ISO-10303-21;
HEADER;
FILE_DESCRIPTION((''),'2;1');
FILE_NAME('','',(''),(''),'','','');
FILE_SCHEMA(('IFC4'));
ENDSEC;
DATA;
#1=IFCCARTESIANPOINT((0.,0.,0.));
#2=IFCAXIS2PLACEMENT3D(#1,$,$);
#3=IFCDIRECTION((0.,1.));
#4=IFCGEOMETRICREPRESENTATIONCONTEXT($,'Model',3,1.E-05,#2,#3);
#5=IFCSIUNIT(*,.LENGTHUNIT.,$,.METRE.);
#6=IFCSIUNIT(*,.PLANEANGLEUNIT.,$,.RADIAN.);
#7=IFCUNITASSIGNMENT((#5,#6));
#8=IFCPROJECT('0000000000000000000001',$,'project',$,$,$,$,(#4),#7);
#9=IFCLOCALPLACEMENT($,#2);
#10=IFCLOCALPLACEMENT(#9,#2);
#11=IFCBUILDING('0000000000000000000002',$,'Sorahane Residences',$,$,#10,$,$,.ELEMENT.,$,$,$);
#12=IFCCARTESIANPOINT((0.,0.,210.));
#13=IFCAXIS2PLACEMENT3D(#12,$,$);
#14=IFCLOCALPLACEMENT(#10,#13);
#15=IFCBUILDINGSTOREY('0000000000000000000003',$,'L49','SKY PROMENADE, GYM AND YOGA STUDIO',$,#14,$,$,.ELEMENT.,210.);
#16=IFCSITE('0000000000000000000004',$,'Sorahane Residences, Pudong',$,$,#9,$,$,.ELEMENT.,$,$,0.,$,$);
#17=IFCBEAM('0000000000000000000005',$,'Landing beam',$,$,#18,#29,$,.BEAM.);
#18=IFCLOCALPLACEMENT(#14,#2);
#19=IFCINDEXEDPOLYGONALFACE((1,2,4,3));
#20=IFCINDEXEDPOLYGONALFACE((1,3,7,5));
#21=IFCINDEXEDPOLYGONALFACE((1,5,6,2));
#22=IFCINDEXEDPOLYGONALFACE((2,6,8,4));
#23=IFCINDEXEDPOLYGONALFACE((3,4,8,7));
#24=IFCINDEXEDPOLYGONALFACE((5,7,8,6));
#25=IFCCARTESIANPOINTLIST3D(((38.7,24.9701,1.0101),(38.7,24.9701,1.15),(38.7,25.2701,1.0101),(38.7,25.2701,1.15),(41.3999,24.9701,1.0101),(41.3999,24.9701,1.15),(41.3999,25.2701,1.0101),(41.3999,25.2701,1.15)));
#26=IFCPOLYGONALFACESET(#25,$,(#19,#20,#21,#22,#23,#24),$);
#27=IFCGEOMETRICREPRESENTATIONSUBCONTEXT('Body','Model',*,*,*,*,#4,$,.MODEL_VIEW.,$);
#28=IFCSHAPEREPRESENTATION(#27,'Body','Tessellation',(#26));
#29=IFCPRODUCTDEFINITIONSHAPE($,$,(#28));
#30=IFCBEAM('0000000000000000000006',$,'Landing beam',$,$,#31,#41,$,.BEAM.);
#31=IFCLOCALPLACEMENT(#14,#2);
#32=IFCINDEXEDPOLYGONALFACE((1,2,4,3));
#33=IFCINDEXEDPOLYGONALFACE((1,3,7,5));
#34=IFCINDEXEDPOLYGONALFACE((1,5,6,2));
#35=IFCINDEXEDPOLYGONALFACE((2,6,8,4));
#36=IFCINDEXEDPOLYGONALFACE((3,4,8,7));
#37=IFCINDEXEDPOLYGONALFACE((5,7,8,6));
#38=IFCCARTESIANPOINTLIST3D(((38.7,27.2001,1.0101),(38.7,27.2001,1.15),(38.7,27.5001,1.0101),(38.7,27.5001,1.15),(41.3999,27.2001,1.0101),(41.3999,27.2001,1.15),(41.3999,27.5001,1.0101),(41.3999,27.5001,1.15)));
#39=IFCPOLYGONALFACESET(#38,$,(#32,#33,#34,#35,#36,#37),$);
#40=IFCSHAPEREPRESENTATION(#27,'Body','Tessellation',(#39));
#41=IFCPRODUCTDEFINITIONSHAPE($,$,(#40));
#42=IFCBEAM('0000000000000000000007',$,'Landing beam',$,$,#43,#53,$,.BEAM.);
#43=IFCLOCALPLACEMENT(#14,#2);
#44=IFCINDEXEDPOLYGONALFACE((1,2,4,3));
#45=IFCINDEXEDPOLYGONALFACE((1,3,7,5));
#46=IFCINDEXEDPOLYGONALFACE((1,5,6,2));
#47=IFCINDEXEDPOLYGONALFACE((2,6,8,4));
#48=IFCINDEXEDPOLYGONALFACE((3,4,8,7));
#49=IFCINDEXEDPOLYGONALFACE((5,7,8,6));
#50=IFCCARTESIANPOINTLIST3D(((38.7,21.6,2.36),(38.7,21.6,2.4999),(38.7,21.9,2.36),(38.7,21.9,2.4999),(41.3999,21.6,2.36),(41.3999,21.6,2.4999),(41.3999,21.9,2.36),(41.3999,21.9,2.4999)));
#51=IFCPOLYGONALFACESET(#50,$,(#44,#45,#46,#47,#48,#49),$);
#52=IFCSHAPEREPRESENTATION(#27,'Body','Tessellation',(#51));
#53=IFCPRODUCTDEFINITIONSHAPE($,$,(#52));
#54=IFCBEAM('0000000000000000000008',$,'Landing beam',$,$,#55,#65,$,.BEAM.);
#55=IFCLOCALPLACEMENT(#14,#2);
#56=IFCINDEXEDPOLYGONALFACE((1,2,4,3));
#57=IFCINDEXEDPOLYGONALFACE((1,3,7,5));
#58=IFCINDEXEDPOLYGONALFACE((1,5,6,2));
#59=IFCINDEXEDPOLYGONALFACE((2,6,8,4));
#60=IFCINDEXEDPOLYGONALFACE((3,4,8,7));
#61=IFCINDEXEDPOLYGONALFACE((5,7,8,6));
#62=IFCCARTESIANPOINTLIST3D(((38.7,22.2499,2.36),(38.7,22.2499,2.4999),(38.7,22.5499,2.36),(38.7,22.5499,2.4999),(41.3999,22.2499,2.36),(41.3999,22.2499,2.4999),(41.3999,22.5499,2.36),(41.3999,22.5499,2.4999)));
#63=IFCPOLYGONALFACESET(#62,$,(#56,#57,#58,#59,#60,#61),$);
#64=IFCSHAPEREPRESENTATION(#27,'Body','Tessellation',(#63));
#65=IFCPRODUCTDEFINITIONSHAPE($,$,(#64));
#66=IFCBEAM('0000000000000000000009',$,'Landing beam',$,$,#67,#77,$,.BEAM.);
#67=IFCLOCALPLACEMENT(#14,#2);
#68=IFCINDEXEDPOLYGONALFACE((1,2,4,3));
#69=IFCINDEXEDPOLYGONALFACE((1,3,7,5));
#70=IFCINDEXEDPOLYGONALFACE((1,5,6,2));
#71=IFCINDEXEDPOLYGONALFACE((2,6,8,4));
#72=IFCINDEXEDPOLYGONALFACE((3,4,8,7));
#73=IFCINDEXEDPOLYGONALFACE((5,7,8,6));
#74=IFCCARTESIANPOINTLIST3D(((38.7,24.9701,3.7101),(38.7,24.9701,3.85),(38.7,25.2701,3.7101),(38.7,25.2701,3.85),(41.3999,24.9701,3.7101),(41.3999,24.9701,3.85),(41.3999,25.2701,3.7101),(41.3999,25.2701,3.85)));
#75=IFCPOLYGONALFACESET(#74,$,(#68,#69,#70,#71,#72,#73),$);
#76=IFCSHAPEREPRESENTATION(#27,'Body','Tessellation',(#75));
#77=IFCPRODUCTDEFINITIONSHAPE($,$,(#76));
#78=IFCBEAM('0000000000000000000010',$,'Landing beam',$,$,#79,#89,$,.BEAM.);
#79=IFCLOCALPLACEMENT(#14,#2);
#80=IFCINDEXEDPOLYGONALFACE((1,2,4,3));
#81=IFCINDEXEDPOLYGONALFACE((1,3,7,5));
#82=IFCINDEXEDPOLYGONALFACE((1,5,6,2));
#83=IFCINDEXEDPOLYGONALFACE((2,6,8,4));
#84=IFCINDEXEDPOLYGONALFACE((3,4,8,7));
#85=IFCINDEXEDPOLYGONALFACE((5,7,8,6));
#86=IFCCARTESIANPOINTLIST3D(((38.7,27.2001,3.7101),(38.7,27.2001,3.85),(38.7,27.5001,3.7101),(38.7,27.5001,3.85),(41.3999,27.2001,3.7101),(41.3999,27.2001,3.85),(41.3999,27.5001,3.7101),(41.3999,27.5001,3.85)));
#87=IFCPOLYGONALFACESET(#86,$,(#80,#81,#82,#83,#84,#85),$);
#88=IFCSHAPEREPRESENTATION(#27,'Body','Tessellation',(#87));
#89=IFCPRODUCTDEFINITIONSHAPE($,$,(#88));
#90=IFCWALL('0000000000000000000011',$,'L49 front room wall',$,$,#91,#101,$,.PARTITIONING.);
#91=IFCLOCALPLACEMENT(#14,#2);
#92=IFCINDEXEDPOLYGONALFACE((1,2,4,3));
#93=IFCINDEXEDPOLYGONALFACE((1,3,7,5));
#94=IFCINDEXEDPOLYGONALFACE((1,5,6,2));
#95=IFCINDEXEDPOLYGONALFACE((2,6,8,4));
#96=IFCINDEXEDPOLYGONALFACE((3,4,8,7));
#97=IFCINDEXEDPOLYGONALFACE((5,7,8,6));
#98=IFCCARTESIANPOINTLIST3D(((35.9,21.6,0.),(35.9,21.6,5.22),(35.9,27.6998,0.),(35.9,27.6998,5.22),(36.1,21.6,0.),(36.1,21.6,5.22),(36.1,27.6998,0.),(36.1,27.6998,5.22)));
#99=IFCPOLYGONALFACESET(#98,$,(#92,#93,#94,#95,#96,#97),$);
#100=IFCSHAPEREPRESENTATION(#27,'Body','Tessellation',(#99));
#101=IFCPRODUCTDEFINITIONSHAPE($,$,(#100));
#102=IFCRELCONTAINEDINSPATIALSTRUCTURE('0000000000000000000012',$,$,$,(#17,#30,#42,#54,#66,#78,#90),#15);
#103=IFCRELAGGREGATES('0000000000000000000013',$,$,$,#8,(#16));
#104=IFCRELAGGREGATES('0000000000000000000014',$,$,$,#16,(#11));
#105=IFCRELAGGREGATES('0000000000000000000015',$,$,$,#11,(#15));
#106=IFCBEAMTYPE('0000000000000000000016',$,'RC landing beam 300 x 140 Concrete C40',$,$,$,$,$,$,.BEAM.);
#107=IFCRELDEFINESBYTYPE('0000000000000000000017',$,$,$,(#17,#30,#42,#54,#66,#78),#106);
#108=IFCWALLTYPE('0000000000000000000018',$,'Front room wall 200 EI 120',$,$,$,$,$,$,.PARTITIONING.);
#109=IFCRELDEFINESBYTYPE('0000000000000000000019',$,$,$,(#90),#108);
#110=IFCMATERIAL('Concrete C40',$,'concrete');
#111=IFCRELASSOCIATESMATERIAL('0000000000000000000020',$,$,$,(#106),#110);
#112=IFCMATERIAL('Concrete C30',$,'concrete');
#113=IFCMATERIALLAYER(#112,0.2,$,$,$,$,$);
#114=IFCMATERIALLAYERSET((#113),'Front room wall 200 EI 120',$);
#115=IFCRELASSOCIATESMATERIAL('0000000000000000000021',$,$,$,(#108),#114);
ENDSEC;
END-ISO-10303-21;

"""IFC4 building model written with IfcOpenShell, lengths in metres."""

from ifc_helpers import new_model, si_unit, direction, frame, frame_2d, origin, origin_2d, place, context, subcontext, project, spatial, rectangle, extrude, material, layer, layer_set, material_profile, profile_set, type_object, element, save


model = new_model("IFC4")

# Units and contexts
model_context = context("Model", 3, precision=1e-05, world=origin(), true_north=direction((0.0, 1.0)))
body_context = subcontext(model_context, "Body", "Model", "MODEL_VIEW")
ifc_project = project(units=[si_unit("LENGTHUNIT", "METRE"), si_unit("PLANEANGLEUNIT", "RADIAN")], contexts=[model_context])

# Site, building, storey
site_placement = place(None, origin())
site = spatial("IfcSite", under=ifc_project, at=site_placement, Name="Sorahane Residences, Pudong", CompositionType="ELEMENT", RefElevation=0.0)
building_placement = place(site_placement, origin())
building = spatial("IfcBuilding", under=site, at=building_placement, Name="Sorahane Residences", CompositionType="ELEMENT")
storey_placement = place(building_placement, frame((0.0, 0.0, 210.0)))
storey = spatial("IfcBuildingStorey", under=building, at=storey_placement, Name="L49", Description="SKY PROMENADE, GYM AND YOGA STUDIO", CompositionType="ELEMENT", Elevation=210.0)

# Beams
ifc_material_1 = material(Name="Concrete C40", Category="concrete")
ifc_material_profile = material_profile(ifc_material_1, rectangle(XDim=0.3, YDim=0.1399, at=origin_2d()), Name="300x140")
ifc_profile_set = profile_set([ifc_material_profile], Name="Concrete C40")
beam_type = type_object("IfcBeamType", Name="RC landing beam 300 x 140 Concrete C40", PredefinedType="BEAM", material=ifc_profile_set)
for number, where, z_axis, x_axis, name in (
    (1, (38.7, 25.1201, 1.0801), (1.0, 0.0, 0.0), (0.0, 1.0, 0.0), "Landing beam"),
    (2, (38.7, 27.3501, 1.0801), (1.0, 0.0, 0.0), (0.0, 1.0, 0.0), "Landing beam"),
    (3, (38.7, 21.75, 2.4299), (1.0, 0.0, 0.0), (0.0, 1.0, 0.0), "Landing beam"),
    (4, (38.7, 22.3999, 2.4299), (1.0, 0.0, 0.0), (0.0, 1.0, 0.0), "Landing beam"),
    (5, (38.7, 25.1201, 3.78), (1.0, 0.0, 0.0), (0.0, 1.0, 0.0), "Landing beam"),
    (6, (38.7, 27.3501, 3.78), (1.0, 0.0, 0.0), (0.0, 1.0, 0.0), "Landing beam"),
):
    element("IfcBeam", number, at=place(storey_placement, frame(where, z_axis=z_axis, x_axis=x_axis)), inside=storey, type_object=beam_type, Name=name, PredefinedType="BEAM", context=body_context, shape_type="SweptSolid", body=[
        extrude(rectangle(XDim=0.3, YDim=0.1399, at=origin_2d()), origin(), (0.0, 0.0, 1.0), 2.7),
    ])

# Wall
ifc_material_2 = material(Name="Concrete C30", Category="concrete")
ifc_layer_1 = layer(ifc_material_2, 0.2)
ifc_layer_set_1 = layer_set([ifc_layer_1], Name="Front room wall 200 EI 120")
wall_type_1 = type_object("IfcWallType", Name="Front room wall 200 EI 120", PredefinedType="PARTITIONING", material=ifc_layer_set_1)
wall_1_placement = place(storey_placement, frame((36.0, 21.6001, 0.0), z_axis=(0.0, 0.0, 1.0), x_axis=(0.0, 1.0, 0.0)))
element("IfcWall", 7, at=wall_1_placement, inside=storey, type_object=wall_type_1, Name="L49 front room wall", PredefinedType="PARTITIONING", context=body_context, shape_type="SweptSolid", body=[
    extrude(rectangle(XDim=6.0999, YDim=0.2, at=frame_2d((3.0498, 0.0))), origin(), (0.0, 0.0, 1.0), 5.22),
])

save(model, "model.ifc")
